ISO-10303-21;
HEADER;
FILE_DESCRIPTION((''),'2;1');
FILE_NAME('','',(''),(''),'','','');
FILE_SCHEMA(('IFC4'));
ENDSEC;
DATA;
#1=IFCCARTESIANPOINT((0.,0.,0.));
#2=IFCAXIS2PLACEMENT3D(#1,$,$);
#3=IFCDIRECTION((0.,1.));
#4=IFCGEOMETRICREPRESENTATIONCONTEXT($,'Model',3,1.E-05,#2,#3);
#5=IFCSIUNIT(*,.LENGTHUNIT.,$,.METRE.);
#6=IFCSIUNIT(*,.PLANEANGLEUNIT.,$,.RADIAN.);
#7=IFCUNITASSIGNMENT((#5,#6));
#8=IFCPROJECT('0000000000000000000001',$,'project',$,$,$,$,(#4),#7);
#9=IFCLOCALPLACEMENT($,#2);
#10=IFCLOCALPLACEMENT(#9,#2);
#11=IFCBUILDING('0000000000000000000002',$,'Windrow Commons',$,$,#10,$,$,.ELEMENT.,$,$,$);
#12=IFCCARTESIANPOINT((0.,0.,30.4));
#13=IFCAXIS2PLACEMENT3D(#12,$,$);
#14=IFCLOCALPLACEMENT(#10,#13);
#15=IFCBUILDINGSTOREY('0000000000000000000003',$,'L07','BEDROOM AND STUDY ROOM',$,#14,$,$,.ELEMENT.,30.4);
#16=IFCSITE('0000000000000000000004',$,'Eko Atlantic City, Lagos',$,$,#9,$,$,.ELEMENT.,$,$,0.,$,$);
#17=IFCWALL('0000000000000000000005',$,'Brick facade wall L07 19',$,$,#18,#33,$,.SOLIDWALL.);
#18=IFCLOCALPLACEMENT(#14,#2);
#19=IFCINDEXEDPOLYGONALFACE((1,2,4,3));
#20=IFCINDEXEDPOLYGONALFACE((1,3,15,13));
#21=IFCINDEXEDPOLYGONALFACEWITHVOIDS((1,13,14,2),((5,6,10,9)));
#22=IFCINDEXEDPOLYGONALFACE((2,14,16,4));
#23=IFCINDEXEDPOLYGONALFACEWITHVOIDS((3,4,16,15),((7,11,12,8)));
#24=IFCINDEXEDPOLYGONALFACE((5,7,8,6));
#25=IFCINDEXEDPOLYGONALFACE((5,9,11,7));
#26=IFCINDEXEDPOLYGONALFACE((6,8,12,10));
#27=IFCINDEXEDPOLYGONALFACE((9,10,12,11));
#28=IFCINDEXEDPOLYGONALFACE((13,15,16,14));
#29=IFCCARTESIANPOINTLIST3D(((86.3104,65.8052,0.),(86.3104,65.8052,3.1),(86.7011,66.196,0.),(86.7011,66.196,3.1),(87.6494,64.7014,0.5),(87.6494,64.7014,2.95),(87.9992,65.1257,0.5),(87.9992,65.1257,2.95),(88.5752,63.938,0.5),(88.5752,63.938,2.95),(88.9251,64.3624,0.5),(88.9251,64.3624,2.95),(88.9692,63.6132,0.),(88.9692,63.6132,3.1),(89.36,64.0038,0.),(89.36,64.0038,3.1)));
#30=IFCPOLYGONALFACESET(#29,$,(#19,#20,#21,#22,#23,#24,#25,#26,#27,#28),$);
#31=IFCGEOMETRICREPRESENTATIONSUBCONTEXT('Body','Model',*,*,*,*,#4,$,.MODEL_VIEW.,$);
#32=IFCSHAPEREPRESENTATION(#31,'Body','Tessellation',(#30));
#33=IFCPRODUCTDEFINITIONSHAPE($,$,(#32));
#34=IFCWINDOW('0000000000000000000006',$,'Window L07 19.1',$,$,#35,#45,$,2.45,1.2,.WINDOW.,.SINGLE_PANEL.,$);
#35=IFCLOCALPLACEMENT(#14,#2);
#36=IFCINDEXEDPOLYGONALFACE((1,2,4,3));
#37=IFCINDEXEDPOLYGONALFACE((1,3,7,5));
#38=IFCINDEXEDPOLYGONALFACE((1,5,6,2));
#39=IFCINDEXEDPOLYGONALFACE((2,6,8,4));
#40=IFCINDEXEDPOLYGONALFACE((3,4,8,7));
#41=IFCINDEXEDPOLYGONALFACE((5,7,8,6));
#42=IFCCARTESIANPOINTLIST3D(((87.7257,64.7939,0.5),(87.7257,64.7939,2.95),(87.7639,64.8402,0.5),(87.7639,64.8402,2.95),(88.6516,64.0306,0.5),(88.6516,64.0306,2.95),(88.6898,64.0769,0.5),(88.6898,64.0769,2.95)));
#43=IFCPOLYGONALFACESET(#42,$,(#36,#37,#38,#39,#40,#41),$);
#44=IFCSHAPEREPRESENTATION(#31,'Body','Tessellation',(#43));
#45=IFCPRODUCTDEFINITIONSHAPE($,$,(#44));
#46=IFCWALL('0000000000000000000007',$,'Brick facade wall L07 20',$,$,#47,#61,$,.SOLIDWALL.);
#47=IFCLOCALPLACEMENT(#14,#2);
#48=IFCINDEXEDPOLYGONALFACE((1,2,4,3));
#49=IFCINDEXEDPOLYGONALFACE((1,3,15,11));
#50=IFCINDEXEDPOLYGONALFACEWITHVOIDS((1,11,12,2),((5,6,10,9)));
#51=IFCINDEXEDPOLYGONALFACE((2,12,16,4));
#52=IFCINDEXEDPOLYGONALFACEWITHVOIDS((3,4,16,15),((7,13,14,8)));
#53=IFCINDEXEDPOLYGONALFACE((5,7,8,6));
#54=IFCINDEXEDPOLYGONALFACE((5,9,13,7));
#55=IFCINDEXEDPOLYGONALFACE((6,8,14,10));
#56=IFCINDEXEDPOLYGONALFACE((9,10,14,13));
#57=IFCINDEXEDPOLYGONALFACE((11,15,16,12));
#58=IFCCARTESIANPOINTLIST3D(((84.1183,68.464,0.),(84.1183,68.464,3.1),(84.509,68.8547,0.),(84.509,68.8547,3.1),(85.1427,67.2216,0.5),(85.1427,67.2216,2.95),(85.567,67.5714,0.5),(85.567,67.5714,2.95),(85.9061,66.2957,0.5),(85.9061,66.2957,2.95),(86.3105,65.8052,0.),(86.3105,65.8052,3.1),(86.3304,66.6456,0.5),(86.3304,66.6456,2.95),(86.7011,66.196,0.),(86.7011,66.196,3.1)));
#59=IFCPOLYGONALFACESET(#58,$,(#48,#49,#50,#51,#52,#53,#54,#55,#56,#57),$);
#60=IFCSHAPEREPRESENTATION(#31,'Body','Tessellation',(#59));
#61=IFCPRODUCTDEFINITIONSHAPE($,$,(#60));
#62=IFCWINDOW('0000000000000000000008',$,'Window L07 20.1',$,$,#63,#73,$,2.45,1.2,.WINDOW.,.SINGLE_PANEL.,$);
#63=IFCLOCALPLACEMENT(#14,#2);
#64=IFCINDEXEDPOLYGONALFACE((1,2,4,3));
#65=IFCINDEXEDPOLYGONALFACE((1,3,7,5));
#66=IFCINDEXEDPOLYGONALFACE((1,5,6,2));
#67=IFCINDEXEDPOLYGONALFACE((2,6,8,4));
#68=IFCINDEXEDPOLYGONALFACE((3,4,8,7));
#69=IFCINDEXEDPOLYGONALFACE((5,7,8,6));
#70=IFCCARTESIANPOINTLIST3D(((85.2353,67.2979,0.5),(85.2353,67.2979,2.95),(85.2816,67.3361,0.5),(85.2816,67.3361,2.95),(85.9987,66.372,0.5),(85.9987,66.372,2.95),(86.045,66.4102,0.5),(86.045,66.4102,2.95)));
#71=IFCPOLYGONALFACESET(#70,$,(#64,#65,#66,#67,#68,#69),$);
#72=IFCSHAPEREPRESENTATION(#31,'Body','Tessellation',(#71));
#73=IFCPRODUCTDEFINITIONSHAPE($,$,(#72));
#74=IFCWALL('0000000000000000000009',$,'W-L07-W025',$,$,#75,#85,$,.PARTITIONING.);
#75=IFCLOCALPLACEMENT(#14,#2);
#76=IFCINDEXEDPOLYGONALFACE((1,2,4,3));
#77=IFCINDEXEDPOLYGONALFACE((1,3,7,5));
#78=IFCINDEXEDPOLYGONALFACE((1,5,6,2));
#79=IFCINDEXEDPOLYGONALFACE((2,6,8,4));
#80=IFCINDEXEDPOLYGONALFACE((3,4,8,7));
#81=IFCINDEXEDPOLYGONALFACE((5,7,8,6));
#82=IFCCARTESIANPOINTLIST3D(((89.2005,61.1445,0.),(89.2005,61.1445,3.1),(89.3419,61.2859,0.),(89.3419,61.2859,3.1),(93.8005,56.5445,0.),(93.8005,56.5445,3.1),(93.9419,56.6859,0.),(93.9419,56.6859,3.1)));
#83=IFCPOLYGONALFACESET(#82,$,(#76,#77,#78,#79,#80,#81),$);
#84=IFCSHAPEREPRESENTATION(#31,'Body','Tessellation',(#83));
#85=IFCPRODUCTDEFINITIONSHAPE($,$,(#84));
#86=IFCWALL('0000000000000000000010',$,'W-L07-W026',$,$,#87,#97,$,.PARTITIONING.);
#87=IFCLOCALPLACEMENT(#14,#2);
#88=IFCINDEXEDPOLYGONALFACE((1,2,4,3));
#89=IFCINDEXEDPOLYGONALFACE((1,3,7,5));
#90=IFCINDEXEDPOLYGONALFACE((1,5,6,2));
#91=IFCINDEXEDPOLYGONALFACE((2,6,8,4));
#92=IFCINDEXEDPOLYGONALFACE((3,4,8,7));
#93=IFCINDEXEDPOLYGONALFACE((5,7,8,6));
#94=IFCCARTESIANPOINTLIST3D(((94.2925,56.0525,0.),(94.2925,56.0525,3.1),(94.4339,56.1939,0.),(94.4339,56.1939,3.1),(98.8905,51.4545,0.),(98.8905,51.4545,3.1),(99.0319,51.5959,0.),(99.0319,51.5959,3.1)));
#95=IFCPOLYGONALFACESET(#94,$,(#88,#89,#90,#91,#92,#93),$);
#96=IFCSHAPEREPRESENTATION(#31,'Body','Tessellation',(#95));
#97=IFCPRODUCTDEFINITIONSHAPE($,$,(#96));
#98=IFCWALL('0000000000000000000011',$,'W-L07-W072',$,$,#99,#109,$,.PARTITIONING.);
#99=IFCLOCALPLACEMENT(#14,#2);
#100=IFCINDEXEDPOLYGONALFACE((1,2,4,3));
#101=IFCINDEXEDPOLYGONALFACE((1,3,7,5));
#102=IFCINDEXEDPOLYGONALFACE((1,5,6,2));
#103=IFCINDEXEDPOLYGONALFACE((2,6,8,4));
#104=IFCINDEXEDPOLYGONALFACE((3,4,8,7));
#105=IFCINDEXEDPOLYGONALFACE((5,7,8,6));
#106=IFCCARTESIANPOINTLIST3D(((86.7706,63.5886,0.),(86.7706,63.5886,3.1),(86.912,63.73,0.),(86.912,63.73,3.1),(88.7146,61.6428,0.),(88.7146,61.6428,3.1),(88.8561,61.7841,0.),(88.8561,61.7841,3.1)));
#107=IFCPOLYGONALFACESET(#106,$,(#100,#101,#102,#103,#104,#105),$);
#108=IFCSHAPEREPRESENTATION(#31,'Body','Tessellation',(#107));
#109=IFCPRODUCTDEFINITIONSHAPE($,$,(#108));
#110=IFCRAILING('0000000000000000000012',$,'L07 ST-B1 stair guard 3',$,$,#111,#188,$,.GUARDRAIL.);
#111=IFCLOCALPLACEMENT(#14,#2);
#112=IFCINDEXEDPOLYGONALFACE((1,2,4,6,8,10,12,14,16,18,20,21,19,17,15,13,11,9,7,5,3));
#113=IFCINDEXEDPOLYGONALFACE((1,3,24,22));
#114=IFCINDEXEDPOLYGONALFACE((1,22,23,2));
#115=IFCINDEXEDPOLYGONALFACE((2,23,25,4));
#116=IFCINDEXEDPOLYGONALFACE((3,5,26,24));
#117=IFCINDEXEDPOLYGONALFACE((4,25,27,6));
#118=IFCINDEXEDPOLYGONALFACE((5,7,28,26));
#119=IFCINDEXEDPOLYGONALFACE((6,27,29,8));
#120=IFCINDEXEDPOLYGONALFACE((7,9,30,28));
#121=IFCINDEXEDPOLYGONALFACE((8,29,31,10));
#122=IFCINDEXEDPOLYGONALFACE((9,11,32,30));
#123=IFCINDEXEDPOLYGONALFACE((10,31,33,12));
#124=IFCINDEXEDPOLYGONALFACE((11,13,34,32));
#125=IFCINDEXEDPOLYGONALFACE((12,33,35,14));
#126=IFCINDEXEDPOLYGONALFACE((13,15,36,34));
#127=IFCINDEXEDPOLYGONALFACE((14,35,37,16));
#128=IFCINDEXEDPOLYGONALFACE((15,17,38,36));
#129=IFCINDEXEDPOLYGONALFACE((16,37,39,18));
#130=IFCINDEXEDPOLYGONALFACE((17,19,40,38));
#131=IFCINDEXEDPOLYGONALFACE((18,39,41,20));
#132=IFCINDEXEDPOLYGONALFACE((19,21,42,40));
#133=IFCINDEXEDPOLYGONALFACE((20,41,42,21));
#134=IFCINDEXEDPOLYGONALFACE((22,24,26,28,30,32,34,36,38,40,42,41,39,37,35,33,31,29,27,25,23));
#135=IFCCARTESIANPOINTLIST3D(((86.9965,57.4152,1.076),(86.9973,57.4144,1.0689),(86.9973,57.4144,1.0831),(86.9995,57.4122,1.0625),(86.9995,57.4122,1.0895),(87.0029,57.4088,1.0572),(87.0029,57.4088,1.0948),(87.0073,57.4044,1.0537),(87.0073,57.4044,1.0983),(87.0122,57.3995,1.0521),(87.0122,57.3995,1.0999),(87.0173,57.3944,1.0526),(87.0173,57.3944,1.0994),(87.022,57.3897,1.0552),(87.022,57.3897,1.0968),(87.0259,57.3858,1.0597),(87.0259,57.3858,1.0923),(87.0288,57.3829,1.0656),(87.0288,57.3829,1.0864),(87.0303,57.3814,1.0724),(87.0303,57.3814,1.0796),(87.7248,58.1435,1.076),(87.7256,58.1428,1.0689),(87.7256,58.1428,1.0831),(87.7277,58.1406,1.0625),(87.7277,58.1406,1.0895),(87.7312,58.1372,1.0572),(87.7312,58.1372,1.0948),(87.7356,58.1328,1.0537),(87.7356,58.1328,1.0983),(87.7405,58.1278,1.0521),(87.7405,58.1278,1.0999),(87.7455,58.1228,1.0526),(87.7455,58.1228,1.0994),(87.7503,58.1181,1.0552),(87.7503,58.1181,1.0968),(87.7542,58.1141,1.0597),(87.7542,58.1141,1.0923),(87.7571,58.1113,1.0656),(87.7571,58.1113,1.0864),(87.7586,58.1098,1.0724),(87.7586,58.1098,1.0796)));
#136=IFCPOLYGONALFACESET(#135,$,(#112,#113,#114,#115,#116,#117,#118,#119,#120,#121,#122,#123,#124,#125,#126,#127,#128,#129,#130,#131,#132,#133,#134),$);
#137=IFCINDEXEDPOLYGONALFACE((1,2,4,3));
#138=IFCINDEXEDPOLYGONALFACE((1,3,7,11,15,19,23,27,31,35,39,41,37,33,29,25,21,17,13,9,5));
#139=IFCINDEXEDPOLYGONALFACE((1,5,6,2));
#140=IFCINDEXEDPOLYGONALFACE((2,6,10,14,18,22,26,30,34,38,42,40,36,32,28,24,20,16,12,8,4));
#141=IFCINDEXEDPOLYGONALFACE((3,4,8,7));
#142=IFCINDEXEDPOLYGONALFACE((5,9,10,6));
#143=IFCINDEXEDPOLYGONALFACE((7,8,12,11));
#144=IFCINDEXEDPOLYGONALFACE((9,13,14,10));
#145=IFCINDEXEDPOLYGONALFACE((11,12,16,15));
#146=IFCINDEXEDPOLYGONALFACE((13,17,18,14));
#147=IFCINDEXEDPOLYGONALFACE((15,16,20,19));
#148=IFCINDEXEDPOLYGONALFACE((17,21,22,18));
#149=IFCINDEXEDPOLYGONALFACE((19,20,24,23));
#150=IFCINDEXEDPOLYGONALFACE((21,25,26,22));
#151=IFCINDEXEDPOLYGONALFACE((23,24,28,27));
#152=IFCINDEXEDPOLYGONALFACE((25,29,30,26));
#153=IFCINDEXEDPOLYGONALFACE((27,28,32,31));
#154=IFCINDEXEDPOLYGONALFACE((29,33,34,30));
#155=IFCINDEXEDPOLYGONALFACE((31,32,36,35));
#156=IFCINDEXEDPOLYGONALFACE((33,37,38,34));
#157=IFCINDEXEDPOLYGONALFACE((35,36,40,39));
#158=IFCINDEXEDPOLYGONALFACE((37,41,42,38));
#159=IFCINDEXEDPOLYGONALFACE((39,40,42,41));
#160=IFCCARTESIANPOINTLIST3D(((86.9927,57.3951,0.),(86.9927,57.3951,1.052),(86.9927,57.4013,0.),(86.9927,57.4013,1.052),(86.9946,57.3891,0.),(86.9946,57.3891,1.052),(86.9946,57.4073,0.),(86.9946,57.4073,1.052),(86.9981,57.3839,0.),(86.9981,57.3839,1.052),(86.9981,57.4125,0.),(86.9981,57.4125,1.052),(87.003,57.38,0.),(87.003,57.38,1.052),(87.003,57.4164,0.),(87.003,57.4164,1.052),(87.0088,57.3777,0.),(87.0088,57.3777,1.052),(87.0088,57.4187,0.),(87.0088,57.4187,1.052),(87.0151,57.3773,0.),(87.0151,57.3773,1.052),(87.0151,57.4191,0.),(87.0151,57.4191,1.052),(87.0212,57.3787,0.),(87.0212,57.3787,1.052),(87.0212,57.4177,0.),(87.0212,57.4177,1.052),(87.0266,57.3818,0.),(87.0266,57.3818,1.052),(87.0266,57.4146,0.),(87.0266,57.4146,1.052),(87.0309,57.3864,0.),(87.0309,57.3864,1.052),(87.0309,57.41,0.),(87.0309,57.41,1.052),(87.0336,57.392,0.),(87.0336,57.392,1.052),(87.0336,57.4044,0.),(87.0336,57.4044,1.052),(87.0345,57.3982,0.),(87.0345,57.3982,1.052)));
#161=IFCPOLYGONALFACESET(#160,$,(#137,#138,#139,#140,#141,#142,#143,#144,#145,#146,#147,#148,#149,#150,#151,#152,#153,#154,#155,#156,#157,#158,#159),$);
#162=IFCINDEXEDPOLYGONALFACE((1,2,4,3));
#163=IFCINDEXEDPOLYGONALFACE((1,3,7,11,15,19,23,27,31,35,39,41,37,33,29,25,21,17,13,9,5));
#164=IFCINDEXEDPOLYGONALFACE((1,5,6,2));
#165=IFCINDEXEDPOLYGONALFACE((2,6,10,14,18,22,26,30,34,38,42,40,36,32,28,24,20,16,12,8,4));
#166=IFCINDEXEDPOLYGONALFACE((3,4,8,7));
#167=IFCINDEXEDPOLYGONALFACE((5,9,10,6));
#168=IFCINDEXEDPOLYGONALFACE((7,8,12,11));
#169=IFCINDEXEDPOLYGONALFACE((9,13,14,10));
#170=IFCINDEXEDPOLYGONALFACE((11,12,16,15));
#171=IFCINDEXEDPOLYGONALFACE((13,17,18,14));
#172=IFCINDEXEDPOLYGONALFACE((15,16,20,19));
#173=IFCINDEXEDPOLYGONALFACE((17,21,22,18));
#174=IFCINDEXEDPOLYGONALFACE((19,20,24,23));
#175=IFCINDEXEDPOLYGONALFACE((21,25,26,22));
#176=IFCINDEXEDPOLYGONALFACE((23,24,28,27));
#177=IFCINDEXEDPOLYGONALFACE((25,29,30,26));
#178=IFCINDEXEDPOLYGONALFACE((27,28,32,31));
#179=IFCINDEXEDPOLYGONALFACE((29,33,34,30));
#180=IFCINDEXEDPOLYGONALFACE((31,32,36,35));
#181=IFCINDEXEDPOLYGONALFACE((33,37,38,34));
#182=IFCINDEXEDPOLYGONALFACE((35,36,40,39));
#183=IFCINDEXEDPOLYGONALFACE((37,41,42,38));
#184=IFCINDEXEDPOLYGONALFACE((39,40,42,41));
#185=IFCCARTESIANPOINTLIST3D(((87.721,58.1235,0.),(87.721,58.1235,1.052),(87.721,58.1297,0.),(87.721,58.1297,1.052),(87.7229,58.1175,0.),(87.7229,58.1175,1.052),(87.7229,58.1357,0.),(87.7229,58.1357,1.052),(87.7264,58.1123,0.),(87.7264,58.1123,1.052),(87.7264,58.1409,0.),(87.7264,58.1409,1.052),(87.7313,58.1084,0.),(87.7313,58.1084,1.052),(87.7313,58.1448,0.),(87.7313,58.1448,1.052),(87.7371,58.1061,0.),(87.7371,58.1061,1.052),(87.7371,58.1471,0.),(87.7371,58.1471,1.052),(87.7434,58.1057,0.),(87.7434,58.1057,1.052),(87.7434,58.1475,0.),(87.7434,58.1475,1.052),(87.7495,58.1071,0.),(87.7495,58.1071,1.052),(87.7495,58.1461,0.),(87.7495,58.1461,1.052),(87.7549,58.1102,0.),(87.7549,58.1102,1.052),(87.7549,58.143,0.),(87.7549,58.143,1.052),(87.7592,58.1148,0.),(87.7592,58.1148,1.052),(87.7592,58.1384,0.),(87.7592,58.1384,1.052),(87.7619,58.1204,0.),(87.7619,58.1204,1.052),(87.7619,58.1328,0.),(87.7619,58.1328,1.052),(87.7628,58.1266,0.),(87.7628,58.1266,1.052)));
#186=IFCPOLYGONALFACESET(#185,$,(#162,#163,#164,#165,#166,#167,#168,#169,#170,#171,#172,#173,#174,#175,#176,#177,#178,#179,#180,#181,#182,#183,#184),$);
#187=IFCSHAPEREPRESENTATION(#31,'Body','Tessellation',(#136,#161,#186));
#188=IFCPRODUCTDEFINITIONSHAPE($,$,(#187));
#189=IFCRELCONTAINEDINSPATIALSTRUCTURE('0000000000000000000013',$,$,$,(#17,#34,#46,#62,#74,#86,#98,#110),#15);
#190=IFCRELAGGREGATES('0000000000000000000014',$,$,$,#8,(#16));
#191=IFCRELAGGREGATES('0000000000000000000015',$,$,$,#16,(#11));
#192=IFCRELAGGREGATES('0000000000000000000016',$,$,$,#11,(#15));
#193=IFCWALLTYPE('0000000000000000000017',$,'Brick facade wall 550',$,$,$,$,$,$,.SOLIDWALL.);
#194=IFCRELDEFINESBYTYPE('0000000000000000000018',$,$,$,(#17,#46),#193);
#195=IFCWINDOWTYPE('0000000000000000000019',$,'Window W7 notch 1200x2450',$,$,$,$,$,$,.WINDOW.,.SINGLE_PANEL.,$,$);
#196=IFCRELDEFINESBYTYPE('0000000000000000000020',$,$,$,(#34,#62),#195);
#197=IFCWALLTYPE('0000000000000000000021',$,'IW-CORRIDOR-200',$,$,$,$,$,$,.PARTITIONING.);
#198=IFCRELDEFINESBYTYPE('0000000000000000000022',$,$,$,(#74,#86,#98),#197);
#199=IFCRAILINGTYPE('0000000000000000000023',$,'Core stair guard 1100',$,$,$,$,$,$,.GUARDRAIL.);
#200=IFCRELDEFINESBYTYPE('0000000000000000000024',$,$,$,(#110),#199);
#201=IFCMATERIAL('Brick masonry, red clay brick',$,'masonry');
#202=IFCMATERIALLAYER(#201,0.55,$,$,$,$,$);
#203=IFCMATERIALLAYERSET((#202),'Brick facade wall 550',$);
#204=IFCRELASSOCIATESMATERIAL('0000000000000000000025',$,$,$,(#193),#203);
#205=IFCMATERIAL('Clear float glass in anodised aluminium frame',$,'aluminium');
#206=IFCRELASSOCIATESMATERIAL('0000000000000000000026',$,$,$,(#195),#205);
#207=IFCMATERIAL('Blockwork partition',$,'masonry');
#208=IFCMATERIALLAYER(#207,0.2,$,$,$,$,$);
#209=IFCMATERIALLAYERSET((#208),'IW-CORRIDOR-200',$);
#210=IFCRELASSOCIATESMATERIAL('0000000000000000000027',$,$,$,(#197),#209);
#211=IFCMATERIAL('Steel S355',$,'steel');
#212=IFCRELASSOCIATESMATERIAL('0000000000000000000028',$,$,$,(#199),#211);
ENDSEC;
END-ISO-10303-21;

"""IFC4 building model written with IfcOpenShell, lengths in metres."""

from ifc_helpers import new_model, si_unit, direction, frame, frame_2d, origin, origin_2d, place, context, subcontext, project, spatial, polyline, rectangle, circle, outline, extrude, material, layer, layer_set, type_object, element, fill, save


model = new_model("IFC4")

# Units and contexts
model_context = context("Model", 3, precision=1e-05, world=origin(), true_north=direction((0.0, 1.0)))
body_context = subcontext(model_context, "Body", "Model", "MODEL_VIEW")
ifc_project = project(units=[si_unit("LENGTHUNIT", "METRE"), si_unit("PLANEANGLEUNIT", "RADIAN")], contexts=[model_context])

# Site, building, storey
site_placement = place(None, origin())
site = spatial("IfcSite", under=ifc_project, at=site_placement, Name="Eko Atlantic City, Lagos", CompositionType="ELEMENT", RefElevation=0.0)
building_placement = place(site_placement, origin())
building = spatial("IfcBuilding", under=site, at=building_placement, Name="Windrow Commons", CompositionType="ELEMENT")
storey_placement = place(building_placement, frame((0.0, 0.0, 30.4)))
storey = spatial("IfcBuildingStorey", under=building, at=storey_placement, Name="L07", Description="BEDROOM AND STUDY ROOM", CompositionType="ELEMENT", Elevation=30.4)

# Shared definitions
ifc_material_1 = material(Name="Brick masonry, red clay brick", Category="masonry")
ifc_layer_1 = layer(ifc_material_1, 0.55)
ifc_layer_set_1 = layer_set([ifc_layer_1], Name="Brick facade wall 550")
wall_type_1 = type_object("IfcWallType", Name="Brick facade wall 550", PredefinedType="SOLIDWALL", material=ifc_layer_set_1)
ifc_material_2 = material(Name="Clear float glass in anodised aluminium frame", Category="aluminium")
window_type = type_object("IfcWindowType", Name="Window W7 notch 1200x2450", PartitioningType="SINGLE_PANEL", PredefinedType="WINDOW", material=ifc_material_2)

# Walls, openings, windows
wall_1_placement = place(storey_placement, frame((89.1646, 63.8085, 0.0), z_axis=(0.0, 0.0, 1.0), x_axis=(-0.771574, 0.636139, 0.0)))
wall_1 = element("IfcWall", 1, at=wall_1_placement, inside=storey, type_object=wall_type_1, Name="Brick facade wall L07 19", PredefinedType="SOLIDWALL", context=body_context, shape_type="SweptSolid", body=[
    extrude(outline(polyline([(-0.0265, -0.275), (3.4195, -0.275), (3.4724, 0.275), (0.0265, 0.275), (-0.0265, -0.275)])), origin(), (0.0, 0.0, 1.0), 3.1),
])
opening_1_placement = place(wall_1_placement, frame((0.5371, 0.0, 0.5)))
opening_1 = element("IfcOpeningElement", 2, at=opening_1_placement, cuts=wall_1, PredefinedType="OPENING", context=body_context, shape_type="SweptSolid", body=[
    extrude(rectangle(XDim=1.2, YDim=2.45, at=frame_2d((0.6, 1.225))), frame((0.0, 0.285, 0.0), z_axis=(0.0, -1.0, 0.0), x_axis=(1.0, 0.0, 0.0)), (0.0, 0.0, 1.0), 0.57),
])
window_1_placement = place(opening_1_placement, origin())
window_1 = element("IfcWindow", 3, at=window_1_placement, inside=storey, type_object=window_type, Name="Window L07 19.1", OverallHeight=2.45, OverallWidth=1.2, PartitioningType="SINGLE_PANEL", PredefinedType="WINDOW", context=body_context, shape_type="SweptSolid", body=[
    extrude(rectangle(XDim=1.2, YDim=2.45, at=frame_2d((0.6, 1.225))), frame((0.0, 0.155, 0.0), z_axis=(0.0, -1.0, 0.0), x_axis=(1.0, 0.0, 0.0)), (0.0, 0.0, 1.0), 0.06),
])
fill(opening_1, window_1)
wall_2_placement = place(storey_placement, frame((86.5058, 66.0006, 0.0), z_axis=(0.0, 0.0, 1.0), x_axis=(-0.636157, 0.77156, 0.0)))
wall_2 = element("IfcWall", 4, at=wall_2_placement, inside=storey, type_object=wall_type_1, Name="Brick facade wall L07 20", PredefinedType="SOLIDWALL", context=body_context, shape_type="SweptSolid", body=[
    extrude(outline(polyline([(0.0265, -0.275), (3.4724, -0.275), (3.4195, 0.275), (-0.0265, 0.275), (0.0265, -0.275)])), origin(), (0.0, 0.0, 1.0), 3.1),
])
opening_2_placement = place(wall_2_placement, frame((0.6092, 0.0, 0.5)))
opening_2 = element("IfcOpeningElement", 5, at=opening_2_placement, cuts=wall_2, PredefinedType="OPENING", context=body_context, shape_type="SweptSolid", body=[
    extrude(rectangle(XDim=1.2, YDim=2.45, at=frame_2d((0.6, 1.225))), frame((0.0, 0.285, 0.0), z_axis=(0.0, -1.0, 0.0), x_axis=(1.0, 0.0, 0.0)), (0.0, 0.0, 1.0), 0.57),
])
window_2_placement = place(opening_2_placement, origin())
window_2 = element("IfcWindow", 6, at=window_2_placement, inside=storey, type_object=window_type, Name="Window L07 20.1", OverallHeight=2.45, OverallWidth=1.2, PartitioningType="SINGLE_PANEL", PredefinedType="WINDOW", context=body_context, shape_type="SweptSolid", body=[
    extrude(rectangle(XDim=1.2, YDim=2.45, at=frame_2d((0.6, 1.225))), frame((0.0, 0.155, 0.0), z_axis=(0.0, -1.0, 0.0), x_axis=(1.0, 0.0, 0.0)), (0.0, 0.0, 1.0), 0.06),
])
fill(opening_2, window_2)

# Walls
ifc_material_3 = material(Name="Blockwork partition", Category="masonry")
ifc_layer_2 = layer(ifc_material_3, 0.2)
ifc_layer_set_2 = layer_set([ifc_layer_2], Name="IW-CORRIDOR-200")
wall_type_2 = type_object("IfcWallType", Name="IW-CORRIDOR-200", PredefinedType="PARTITIONING", material=ifc_layer_set_2)
wall_3_placement = place(storey_placement, frame((89.2712, 61.2152, 0.0), z_axis=(0.0, 0.0, 1.0), x_axis=(0.707107, -0.707107, 0.0)))
element("IfcWall", 7, at=wall_3_placement, inside=storey, type_object=wall_type_2, Name="W-L07-W025", PredefinedType="PARTITIONING", context=body_context, shape_type="SweptSolid", body=[
    extrude(rectangle(XDim=6.5054, YDim=0.2, at=frame_2d((3.2527, 0.0))), origin(), (0.0, 0.0, 1.0), 3.1),
])
wall_4_placement = place(storey_placement, frame((94.3632, 56.1232, 0.0), z_axis=(0.0, 0.0, 1.0), x_axis=(0.707107, -0.707107, 0.0)))
element("IfcWall", 8, at=wall_4_placement, inside=storey, type_object=wall_type_2, Name="W-L07-W026", PredefinedType="PARTITIONING", context=body_context, shape_type="SweptSolid", body=[
    extrude(rectangle(XDim=6.5026, YDim=0.2, at=frame_2d((3.2513, 0.0))), origin(), (0.0, 0.0, 1.0), 3.1),
])
wall_5_placement = place(storey_placement, frame((86.8413, 63.6593, 0.0), z_axis=(0.0, 0.0, 1.0), x_axis=(0.70678, -0.707434, 0.0)))
element("IfcWall", 9, at=wall_5_placement, inside=storey, type_object=wall_type_2, Name="W-L07-W072", PredefinedType="PARTITIONING", context=body_context, shape_type="SweptSolid", body=[
    extrude(rectangle(XDim=2.7506, YDim=0.2, at=frame_2d((1.3753, 0.0))), origin(), (0.0, 0.0, 1.0), 3.1),
])

# Railing
ifc_material_4 = material(Name="Steel S355", Category="steel")
railing_type_1 = type_object("IfcRailingType", Name="Core stair guard 1100", PredefinedType="GUARDRAIL", material=ifc_material_4)
railing_1_placement = place(storey_placement, frame((87.0135, 57.3982, 0.0)))
element("IfcRailing", 10, at=railing_1_placement, inside=storey, type_object=railing_type_1, Name="L07 ST-B1 stair guard 3", PredefinedType="GUARDRAIL", context=body_context, shape_type="SweptSolid", body=[
    extrude(circle(Radius=0.024, at=origin_2d()), frame((0.0, 0.0, 1.076), z_axis=(0.707058, 0.707155, 0.0), x_axis=(-0.707155, 0.707058, 0.0)), (0.0, 0.0, 1.0), 1.03),
    extrude(circle(Radius=0.021, at=origin_2d()), origin(), (0.0, 0.0, 1.0), 1.052),
    extrude(circle(Radius=0.021, at=origin_2d()), frame((0.7283, 0.7284, 0.0)), (0.0, 0.0, 1.0), 1.052),
])

save(model, "model.ifc")
